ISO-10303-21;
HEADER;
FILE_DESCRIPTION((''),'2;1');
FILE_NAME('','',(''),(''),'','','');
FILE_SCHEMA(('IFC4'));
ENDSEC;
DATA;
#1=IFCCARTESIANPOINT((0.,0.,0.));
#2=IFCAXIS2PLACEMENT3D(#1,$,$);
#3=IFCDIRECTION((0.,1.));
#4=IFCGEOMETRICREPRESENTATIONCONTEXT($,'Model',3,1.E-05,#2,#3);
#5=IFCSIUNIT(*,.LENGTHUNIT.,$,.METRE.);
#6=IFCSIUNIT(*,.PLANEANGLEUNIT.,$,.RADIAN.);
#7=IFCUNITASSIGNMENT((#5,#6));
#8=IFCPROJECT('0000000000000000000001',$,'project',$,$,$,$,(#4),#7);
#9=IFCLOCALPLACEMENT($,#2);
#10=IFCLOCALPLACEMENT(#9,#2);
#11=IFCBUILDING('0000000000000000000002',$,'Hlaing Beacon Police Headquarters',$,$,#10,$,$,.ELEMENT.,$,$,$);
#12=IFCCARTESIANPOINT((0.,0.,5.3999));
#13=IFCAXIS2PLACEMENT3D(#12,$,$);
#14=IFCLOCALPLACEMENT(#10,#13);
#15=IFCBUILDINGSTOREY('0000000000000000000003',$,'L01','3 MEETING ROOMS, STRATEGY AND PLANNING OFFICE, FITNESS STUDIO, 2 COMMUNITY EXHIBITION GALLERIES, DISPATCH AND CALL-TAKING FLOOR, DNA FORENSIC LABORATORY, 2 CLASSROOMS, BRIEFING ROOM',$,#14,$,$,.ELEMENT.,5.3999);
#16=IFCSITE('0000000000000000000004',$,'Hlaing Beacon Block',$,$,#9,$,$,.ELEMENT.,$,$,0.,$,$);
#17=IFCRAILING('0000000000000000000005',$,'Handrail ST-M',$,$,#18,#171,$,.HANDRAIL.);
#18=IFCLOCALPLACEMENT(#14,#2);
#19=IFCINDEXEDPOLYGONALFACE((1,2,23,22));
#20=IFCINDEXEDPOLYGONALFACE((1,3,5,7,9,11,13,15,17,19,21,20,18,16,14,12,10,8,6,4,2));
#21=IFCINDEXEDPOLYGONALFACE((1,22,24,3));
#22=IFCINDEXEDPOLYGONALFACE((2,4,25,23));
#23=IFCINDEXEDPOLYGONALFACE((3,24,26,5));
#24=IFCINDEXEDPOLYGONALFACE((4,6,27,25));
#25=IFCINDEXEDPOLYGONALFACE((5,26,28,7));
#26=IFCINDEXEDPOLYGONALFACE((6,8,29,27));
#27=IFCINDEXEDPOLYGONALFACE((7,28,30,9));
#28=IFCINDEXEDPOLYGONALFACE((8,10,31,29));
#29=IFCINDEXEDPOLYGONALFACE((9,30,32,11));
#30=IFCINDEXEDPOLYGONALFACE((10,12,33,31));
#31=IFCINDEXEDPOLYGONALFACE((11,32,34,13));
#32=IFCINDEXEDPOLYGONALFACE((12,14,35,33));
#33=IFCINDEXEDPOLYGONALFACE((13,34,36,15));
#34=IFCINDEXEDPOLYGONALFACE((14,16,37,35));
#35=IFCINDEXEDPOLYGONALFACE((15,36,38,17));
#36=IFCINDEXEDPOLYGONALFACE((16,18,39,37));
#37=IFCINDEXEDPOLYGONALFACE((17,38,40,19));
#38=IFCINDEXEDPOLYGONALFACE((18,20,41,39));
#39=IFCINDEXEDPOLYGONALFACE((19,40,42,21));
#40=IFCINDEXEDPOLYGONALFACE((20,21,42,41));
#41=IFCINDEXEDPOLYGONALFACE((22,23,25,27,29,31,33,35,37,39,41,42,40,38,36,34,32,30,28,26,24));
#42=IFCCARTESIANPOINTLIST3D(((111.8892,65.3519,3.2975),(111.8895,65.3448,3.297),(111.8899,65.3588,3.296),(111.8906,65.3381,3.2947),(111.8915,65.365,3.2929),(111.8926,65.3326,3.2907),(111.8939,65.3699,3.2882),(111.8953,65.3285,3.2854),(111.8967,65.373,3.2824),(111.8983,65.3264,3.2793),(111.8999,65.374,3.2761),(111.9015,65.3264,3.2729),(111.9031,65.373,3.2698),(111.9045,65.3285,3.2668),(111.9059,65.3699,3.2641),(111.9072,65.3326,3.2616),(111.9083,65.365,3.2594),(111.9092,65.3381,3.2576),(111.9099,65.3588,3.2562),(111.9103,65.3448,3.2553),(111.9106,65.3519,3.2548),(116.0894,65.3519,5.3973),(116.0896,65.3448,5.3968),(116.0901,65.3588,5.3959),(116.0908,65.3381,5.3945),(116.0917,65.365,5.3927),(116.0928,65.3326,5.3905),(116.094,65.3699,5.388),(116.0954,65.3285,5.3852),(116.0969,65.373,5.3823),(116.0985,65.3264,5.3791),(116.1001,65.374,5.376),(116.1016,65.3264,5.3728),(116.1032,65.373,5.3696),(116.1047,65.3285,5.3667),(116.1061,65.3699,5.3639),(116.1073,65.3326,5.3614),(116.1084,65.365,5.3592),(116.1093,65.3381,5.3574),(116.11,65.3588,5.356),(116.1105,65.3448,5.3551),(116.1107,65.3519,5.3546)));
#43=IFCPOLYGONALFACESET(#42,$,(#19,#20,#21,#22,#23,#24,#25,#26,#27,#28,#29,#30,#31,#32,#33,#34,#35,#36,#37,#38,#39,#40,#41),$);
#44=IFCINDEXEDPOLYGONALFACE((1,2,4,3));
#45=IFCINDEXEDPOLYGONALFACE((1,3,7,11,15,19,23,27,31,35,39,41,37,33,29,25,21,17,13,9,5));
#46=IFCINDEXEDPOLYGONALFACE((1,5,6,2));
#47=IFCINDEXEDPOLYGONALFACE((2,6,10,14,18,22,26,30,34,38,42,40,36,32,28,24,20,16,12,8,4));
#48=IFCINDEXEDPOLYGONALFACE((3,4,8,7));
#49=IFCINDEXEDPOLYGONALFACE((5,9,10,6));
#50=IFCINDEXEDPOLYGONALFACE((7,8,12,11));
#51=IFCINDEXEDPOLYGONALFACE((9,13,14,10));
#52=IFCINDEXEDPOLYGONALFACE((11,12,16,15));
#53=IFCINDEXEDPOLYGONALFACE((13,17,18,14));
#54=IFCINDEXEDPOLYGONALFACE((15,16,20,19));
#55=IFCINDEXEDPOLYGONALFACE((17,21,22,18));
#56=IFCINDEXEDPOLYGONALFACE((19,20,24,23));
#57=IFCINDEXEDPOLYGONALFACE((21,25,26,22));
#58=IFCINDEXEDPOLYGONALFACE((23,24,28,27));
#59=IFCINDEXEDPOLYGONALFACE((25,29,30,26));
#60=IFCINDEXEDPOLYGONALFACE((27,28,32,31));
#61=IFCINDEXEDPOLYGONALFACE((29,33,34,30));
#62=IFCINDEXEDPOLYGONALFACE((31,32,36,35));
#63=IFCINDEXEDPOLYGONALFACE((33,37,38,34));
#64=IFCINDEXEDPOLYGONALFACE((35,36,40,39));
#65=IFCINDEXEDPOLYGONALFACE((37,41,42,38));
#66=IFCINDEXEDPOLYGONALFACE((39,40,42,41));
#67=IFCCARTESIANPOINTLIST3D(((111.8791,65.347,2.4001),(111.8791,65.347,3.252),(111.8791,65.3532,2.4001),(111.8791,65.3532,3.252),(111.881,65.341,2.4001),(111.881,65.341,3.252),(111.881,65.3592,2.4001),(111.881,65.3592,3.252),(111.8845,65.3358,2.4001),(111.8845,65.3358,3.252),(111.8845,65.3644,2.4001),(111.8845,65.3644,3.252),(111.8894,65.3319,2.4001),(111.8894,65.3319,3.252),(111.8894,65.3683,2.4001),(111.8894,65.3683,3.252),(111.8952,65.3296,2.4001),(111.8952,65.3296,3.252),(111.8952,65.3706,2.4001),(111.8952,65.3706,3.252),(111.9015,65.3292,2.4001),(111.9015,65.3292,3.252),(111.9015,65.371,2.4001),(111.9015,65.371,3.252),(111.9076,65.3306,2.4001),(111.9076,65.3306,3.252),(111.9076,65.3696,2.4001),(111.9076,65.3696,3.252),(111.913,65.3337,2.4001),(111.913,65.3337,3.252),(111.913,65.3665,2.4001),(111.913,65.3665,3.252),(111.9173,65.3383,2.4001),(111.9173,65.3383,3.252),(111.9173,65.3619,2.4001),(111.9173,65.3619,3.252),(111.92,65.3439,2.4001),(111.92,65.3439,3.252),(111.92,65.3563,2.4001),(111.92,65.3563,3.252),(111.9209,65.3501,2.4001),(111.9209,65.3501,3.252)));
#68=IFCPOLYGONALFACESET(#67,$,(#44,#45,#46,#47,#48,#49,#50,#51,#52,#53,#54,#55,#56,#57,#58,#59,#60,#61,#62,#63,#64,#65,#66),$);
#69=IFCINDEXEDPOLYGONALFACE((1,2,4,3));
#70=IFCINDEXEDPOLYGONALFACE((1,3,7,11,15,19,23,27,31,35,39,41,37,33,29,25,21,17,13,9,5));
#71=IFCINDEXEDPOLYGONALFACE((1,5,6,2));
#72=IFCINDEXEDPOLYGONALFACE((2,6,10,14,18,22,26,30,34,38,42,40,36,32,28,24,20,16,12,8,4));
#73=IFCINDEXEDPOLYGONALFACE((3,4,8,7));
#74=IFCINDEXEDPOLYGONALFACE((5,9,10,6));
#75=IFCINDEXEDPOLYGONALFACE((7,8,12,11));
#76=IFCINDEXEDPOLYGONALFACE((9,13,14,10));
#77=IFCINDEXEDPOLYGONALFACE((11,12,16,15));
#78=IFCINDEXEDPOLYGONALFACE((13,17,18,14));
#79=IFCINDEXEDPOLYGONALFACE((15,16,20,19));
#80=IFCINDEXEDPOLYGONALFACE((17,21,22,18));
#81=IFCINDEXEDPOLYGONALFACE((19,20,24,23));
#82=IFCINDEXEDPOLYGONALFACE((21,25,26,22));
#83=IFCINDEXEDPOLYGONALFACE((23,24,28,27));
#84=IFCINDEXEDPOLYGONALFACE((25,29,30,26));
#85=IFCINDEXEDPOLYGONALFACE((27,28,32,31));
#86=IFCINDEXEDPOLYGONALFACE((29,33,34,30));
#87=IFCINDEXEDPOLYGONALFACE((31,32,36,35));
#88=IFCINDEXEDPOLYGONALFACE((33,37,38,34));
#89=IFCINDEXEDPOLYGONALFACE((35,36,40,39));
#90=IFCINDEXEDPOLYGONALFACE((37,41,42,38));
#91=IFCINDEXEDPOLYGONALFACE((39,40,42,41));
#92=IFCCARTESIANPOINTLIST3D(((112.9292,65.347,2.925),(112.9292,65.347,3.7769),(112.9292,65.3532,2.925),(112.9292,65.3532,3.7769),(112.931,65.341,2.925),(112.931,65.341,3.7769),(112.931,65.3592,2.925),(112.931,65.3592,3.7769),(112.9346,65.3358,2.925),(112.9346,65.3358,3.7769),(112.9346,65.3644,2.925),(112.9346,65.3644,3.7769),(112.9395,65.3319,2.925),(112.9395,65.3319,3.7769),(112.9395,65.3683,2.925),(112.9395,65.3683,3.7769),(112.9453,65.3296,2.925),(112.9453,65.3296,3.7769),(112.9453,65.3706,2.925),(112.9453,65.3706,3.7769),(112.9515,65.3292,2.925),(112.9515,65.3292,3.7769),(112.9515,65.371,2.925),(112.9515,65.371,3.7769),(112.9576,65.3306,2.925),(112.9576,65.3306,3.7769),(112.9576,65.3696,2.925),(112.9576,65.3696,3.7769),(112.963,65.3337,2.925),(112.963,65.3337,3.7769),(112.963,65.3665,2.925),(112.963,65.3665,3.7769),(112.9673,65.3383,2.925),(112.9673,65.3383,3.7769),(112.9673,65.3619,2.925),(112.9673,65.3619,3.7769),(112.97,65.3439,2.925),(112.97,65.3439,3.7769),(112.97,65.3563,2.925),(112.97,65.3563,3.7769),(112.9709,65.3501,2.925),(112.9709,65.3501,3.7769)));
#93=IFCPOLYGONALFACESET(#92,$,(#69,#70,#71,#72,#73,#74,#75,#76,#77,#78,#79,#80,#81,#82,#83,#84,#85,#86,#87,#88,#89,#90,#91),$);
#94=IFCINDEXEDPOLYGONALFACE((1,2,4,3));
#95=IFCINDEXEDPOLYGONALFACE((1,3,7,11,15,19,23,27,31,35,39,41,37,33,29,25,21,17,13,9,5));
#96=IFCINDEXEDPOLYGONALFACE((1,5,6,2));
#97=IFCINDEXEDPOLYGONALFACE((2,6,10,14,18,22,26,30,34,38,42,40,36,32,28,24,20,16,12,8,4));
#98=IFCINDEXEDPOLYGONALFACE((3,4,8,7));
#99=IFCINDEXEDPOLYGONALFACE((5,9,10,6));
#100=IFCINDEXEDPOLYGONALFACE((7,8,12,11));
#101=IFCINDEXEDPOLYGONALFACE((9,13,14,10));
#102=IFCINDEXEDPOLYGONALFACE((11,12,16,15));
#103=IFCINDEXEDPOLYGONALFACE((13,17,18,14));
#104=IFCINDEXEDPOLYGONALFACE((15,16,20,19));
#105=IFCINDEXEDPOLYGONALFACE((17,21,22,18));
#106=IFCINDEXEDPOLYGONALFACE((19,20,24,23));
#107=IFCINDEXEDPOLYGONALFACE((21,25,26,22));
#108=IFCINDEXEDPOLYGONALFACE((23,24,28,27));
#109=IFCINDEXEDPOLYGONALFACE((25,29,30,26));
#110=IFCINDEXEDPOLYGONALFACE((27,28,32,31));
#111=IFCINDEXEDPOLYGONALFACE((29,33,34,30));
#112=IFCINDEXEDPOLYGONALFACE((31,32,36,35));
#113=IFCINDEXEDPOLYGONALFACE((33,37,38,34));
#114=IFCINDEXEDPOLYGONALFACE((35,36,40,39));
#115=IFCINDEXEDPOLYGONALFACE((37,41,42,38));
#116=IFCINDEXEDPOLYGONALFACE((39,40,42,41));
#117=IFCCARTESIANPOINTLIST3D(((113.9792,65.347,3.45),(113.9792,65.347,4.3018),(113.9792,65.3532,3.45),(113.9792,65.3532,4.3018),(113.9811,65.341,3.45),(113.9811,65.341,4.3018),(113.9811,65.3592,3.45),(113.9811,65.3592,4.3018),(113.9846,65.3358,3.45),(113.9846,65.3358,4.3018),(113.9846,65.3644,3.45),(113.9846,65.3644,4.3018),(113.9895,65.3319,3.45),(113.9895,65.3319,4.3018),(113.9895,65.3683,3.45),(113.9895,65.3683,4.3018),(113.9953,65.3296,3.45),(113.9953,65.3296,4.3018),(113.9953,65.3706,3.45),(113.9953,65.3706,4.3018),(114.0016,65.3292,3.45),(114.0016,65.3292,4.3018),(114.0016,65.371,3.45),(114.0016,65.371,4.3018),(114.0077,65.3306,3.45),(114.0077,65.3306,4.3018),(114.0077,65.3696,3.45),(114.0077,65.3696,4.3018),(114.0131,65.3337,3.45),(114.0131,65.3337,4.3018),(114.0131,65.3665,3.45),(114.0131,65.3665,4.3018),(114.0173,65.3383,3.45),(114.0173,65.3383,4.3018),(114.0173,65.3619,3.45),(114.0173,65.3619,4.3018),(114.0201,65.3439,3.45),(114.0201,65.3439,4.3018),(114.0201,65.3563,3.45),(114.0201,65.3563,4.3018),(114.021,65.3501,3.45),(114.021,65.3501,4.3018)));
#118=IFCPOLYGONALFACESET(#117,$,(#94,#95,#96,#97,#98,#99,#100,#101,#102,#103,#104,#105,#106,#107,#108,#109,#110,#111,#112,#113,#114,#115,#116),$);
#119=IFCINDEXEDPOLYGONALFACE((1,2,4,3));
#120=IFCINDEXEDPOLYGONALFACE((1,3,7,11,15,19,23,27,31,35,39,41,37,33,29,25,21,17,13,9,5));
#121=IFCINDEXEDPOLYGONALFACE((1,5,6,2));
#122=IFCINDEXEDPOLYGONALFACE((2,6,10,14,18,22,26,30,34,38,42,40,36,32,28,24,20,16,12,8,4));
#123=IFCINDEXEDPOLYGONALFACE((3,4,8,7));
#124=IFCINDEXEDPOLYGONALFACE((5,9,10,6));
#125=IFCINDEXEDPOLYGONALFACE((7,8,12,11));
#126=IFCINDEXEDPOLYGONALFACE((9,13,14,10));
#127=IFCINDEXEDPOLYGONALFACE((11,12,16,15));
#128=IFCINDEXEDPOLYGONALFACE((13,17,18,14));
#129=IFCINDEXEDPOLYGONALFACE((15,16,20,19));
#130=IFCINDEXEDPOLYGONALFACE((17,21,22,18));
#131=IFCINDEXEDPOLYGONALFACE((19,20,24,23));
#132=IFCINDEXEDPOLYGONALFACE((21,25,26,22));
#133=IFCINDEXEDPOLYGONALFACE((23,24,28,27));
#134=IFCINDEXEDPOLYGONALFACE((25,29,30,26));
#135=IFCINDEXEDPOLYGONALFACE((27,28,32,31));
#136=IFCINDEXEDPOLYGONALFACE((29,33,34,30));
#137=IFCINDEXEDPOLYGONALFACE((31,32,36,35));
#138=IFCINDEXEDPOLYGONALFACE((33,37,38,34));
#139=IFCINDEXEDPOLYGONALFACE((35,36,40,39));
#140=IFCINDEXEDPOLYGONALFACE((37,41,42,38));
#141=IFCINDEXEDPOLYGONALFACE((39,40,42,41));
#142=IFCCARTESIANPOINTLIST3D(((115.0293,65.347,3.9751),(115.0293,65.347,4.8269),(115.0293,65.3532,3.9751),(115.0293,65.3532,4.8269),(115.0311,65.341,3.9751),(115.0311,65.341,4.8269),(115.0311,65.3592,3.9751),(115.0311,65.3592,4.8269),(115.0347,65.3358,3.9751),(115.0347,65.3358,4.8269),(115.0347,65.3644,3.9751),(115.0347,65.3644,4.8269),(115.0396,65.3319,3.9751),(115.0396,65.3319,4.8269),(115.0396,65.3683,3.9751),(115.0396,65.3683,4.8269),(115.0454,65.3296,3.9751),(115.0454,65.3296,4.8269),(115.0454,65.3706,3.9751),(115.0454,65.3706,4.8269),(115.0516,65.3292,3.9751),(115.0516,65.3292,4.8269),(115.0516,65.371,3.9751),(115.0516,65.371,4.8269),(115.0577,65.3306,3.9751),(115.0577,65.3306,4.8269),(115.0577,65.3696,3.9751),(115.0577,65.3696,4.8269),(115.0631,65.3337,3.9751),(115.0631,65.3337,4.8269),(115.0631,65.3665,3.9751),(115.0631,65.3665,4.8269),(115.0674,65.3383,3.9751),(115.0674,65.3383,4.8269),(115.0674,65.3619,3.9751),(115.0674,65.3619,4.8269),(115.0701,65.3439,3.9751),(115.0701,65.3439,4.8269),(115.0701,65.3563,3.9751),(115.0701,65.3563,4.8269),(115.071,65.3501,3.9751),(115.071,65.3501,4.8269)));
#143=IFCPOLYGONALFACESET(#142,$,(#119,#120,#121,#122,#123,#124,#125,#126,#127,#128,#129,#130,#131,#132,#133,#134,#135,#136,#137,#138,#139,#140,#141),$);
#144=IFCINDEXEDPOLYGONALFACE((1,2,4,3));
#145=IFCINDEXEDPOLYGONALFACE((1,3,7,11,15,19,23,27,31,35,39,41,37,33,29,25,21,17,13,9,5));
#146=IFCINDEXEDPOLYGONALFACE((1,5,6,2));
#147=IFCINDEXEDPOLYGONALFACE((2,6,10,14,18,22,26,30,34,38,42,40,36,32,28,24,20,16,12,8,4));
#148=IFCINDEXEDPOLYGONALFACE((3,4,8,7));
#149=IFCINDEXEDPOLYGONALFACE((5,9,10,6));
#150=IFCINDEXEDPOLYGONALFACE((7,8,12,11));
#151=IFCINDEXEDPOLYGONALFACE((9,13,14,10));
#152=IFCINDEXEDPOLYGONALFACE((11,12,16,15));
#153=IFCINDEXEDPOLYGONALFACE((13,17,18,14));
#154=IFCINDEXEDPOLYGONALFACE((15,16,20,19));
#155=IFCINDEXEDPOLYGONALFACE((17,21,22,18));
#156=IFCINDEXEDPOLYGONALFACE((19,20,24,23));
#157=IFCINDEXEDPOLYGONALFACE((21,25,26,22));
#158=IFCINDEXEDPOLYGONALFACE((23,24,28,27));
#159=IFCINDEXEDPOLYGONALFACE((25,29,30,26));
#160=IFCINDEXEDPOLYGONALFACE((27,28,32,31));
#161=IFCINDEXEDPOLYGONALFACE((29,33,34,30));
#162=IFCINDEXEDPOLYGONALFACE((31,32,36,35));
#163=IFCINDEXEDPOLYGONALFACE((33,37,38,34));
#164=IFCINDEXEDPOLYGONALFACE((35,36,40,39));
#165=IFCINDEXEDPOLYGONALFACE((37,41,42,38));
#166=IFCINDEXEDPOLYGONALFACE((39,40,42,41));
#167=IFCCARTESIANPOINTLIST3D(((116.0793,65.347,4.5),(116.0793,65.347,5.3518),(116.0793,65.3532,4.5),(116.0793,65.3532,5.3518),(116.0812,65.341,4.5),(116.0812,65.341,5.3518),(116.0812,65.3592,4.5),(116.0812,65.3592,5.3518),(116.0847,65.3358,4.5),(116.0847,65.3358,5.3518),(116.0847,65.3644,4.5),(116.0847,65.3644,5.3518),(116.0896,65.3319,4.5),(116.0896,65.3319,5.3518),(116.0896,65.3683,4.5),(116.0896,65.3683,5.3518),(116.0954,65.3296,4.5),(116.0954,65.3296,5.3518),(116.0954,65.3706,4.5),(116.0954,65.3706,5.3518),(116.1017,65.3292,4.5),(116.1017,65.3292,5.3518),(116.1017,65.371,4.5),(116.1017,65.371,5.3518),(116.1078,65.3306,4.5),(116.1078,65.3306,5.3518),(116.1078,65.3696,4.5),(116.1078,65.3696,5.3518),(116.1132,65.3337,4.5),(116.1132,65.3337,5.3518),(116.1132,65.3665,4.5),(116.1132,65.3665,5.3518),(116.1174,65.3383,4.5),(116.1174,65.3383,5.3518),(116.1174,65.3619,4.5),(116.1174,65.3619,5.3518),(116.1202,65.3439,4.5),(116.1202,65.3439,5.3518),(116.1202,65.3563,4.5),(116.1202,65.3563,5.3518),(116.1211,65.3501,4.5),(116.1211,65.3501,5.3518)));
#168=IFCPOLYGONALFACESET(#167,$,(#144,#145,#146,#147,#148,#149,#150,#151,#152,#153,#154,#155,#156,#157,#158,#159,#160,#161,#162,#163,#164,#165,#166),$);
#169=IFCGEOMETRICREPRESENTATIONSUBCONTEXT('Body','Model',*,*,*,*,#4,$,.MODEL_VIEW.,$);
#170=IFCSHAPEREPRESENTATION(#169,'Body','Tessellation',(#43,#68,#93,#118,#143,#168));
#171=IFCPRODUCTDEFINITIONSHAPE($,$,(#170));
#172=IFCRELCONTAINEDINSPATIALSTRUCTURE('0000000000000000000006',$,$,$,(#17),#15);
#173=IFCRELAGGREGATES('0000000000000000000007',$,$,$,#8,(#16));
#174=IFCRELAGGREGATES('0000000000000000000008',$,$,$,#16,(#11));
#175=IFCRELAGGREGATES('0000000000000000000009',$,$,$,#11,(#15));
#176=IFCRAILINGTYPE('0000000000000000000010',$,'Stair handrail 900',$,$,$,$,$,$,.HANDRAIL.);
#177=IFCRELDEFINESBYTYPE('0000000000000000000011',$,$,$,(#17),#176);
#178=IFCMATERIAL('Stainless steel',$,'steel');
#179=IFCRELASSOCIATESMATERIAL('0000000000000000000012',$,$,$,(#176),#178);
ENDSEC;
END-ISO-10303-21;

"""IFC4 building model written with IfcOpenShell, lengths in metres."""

from ifc_helpers import new_model, si_unit, direction, frame, origin, origin_2d, place, context, subcontext, project, spatial, circle, extrude, material, type_object, element, save


model = new_model("IFC4")

# Units and contexts
model_context = context("Model", 3, precision=1e-05, world=origin(), true_north=direction((0.0, 1.0)))
body_context = subcontext(model_context, "Body", "Model", "MODEL_VIEW")
ifc_project = project(units=[si_unit("LENGTHUNIT", "METRE"), si_unit("PLANEANGLEUNIT", "RADIAN")], contexts=[model_context])

# Site, building, storey
site_placement = place(None, origin())
site = spatial("IfcSite", under=ifc_project, at=site_placement, Name="Hlaing Beacon Block", CompositionType="ELEMENT", RefElevation=0.0)
building_placement = place(site_placement, origin())
building = spatial("IfcBuilding", under=site, at=building_placement, Name="Hlaing Beacon Police Headquarters", CompositionType="ELEMENT")
storey_placement = place(building_placement, frame((0.0, 0.0, 5.3999)))
storey = spatial("IfcBuildingStorey", under=building, at=storey_placement, Name="L01", Description="3 MEETING ROOMS, STRATEGY AND PLANNING OFFICE, FITNESS STUDIO, 2 COMMUNITY EXHIBITION GALLERIES, DISPATCH AND CALL-TAKING FLOOR, DNA FORENSIC LABORATORY, 2 CLASSROOMS, BRIEFING ROOM", CompositionType="ELEMENT", Elevation=5.3999)

# Railing
ifc_material_1 = material(Name="Stainless steel", Category="steel")
railing_type = type_object("IfcRailingType", Name="Stair handrail 900", PredefinedType="HANDRAIL", material=ifc_material_1)
for number, where, name in (
    (1, (111.8999, 65.3501, 2.4001), "Handrail ST-M"),
):
    element("IfcRailing", number, at=place(storey_placement, frame(where)), inside=storey, type_object=railing_type, Name=name, PredefinedType="HANDRAIL", context=body_context, shape_type="SweptSolid", body=[
        extrude(circle(Radius=0.0239, at=origin_2d()), frame((0.0, 0.0, 0.876), z_axis=(0.894448, 0.0, 0.447172), x_axis=(0.0, 1.0, 0.0)), (0.0, 0.0, 1.0), 4.6958),
        extrude(circle(Radius=0.021, at=origin_2d()), origin(), (0.0, 0.0, 1.0), 0.8518),
        extrude(circle(Radius=0.021, at=origin_2d()), frame((1.05, 0.0, 0.5249)), (0.0, 0.0, 1.0), 0.8518),
        extrude(circle(Radius=0.021, at=origin_2d()), frame((2.1001, 0.0, 1.0498)), (0.0, 0.0, 1.0), 0.8518),
        extrude(circle(Radius=0.021, at=origin_2d()), frame((3.1501, 0.0, 1.575)), (0.0, 0.0, 1.0), 0.8518),
        extrude(circle(Radius=0.021, at=origin_2d()), frame((4.2002, 0.0, 2.0999)), (0.0, 0.0, 1.0), 0.8518),
    ])

save(model, "model.ifc")
